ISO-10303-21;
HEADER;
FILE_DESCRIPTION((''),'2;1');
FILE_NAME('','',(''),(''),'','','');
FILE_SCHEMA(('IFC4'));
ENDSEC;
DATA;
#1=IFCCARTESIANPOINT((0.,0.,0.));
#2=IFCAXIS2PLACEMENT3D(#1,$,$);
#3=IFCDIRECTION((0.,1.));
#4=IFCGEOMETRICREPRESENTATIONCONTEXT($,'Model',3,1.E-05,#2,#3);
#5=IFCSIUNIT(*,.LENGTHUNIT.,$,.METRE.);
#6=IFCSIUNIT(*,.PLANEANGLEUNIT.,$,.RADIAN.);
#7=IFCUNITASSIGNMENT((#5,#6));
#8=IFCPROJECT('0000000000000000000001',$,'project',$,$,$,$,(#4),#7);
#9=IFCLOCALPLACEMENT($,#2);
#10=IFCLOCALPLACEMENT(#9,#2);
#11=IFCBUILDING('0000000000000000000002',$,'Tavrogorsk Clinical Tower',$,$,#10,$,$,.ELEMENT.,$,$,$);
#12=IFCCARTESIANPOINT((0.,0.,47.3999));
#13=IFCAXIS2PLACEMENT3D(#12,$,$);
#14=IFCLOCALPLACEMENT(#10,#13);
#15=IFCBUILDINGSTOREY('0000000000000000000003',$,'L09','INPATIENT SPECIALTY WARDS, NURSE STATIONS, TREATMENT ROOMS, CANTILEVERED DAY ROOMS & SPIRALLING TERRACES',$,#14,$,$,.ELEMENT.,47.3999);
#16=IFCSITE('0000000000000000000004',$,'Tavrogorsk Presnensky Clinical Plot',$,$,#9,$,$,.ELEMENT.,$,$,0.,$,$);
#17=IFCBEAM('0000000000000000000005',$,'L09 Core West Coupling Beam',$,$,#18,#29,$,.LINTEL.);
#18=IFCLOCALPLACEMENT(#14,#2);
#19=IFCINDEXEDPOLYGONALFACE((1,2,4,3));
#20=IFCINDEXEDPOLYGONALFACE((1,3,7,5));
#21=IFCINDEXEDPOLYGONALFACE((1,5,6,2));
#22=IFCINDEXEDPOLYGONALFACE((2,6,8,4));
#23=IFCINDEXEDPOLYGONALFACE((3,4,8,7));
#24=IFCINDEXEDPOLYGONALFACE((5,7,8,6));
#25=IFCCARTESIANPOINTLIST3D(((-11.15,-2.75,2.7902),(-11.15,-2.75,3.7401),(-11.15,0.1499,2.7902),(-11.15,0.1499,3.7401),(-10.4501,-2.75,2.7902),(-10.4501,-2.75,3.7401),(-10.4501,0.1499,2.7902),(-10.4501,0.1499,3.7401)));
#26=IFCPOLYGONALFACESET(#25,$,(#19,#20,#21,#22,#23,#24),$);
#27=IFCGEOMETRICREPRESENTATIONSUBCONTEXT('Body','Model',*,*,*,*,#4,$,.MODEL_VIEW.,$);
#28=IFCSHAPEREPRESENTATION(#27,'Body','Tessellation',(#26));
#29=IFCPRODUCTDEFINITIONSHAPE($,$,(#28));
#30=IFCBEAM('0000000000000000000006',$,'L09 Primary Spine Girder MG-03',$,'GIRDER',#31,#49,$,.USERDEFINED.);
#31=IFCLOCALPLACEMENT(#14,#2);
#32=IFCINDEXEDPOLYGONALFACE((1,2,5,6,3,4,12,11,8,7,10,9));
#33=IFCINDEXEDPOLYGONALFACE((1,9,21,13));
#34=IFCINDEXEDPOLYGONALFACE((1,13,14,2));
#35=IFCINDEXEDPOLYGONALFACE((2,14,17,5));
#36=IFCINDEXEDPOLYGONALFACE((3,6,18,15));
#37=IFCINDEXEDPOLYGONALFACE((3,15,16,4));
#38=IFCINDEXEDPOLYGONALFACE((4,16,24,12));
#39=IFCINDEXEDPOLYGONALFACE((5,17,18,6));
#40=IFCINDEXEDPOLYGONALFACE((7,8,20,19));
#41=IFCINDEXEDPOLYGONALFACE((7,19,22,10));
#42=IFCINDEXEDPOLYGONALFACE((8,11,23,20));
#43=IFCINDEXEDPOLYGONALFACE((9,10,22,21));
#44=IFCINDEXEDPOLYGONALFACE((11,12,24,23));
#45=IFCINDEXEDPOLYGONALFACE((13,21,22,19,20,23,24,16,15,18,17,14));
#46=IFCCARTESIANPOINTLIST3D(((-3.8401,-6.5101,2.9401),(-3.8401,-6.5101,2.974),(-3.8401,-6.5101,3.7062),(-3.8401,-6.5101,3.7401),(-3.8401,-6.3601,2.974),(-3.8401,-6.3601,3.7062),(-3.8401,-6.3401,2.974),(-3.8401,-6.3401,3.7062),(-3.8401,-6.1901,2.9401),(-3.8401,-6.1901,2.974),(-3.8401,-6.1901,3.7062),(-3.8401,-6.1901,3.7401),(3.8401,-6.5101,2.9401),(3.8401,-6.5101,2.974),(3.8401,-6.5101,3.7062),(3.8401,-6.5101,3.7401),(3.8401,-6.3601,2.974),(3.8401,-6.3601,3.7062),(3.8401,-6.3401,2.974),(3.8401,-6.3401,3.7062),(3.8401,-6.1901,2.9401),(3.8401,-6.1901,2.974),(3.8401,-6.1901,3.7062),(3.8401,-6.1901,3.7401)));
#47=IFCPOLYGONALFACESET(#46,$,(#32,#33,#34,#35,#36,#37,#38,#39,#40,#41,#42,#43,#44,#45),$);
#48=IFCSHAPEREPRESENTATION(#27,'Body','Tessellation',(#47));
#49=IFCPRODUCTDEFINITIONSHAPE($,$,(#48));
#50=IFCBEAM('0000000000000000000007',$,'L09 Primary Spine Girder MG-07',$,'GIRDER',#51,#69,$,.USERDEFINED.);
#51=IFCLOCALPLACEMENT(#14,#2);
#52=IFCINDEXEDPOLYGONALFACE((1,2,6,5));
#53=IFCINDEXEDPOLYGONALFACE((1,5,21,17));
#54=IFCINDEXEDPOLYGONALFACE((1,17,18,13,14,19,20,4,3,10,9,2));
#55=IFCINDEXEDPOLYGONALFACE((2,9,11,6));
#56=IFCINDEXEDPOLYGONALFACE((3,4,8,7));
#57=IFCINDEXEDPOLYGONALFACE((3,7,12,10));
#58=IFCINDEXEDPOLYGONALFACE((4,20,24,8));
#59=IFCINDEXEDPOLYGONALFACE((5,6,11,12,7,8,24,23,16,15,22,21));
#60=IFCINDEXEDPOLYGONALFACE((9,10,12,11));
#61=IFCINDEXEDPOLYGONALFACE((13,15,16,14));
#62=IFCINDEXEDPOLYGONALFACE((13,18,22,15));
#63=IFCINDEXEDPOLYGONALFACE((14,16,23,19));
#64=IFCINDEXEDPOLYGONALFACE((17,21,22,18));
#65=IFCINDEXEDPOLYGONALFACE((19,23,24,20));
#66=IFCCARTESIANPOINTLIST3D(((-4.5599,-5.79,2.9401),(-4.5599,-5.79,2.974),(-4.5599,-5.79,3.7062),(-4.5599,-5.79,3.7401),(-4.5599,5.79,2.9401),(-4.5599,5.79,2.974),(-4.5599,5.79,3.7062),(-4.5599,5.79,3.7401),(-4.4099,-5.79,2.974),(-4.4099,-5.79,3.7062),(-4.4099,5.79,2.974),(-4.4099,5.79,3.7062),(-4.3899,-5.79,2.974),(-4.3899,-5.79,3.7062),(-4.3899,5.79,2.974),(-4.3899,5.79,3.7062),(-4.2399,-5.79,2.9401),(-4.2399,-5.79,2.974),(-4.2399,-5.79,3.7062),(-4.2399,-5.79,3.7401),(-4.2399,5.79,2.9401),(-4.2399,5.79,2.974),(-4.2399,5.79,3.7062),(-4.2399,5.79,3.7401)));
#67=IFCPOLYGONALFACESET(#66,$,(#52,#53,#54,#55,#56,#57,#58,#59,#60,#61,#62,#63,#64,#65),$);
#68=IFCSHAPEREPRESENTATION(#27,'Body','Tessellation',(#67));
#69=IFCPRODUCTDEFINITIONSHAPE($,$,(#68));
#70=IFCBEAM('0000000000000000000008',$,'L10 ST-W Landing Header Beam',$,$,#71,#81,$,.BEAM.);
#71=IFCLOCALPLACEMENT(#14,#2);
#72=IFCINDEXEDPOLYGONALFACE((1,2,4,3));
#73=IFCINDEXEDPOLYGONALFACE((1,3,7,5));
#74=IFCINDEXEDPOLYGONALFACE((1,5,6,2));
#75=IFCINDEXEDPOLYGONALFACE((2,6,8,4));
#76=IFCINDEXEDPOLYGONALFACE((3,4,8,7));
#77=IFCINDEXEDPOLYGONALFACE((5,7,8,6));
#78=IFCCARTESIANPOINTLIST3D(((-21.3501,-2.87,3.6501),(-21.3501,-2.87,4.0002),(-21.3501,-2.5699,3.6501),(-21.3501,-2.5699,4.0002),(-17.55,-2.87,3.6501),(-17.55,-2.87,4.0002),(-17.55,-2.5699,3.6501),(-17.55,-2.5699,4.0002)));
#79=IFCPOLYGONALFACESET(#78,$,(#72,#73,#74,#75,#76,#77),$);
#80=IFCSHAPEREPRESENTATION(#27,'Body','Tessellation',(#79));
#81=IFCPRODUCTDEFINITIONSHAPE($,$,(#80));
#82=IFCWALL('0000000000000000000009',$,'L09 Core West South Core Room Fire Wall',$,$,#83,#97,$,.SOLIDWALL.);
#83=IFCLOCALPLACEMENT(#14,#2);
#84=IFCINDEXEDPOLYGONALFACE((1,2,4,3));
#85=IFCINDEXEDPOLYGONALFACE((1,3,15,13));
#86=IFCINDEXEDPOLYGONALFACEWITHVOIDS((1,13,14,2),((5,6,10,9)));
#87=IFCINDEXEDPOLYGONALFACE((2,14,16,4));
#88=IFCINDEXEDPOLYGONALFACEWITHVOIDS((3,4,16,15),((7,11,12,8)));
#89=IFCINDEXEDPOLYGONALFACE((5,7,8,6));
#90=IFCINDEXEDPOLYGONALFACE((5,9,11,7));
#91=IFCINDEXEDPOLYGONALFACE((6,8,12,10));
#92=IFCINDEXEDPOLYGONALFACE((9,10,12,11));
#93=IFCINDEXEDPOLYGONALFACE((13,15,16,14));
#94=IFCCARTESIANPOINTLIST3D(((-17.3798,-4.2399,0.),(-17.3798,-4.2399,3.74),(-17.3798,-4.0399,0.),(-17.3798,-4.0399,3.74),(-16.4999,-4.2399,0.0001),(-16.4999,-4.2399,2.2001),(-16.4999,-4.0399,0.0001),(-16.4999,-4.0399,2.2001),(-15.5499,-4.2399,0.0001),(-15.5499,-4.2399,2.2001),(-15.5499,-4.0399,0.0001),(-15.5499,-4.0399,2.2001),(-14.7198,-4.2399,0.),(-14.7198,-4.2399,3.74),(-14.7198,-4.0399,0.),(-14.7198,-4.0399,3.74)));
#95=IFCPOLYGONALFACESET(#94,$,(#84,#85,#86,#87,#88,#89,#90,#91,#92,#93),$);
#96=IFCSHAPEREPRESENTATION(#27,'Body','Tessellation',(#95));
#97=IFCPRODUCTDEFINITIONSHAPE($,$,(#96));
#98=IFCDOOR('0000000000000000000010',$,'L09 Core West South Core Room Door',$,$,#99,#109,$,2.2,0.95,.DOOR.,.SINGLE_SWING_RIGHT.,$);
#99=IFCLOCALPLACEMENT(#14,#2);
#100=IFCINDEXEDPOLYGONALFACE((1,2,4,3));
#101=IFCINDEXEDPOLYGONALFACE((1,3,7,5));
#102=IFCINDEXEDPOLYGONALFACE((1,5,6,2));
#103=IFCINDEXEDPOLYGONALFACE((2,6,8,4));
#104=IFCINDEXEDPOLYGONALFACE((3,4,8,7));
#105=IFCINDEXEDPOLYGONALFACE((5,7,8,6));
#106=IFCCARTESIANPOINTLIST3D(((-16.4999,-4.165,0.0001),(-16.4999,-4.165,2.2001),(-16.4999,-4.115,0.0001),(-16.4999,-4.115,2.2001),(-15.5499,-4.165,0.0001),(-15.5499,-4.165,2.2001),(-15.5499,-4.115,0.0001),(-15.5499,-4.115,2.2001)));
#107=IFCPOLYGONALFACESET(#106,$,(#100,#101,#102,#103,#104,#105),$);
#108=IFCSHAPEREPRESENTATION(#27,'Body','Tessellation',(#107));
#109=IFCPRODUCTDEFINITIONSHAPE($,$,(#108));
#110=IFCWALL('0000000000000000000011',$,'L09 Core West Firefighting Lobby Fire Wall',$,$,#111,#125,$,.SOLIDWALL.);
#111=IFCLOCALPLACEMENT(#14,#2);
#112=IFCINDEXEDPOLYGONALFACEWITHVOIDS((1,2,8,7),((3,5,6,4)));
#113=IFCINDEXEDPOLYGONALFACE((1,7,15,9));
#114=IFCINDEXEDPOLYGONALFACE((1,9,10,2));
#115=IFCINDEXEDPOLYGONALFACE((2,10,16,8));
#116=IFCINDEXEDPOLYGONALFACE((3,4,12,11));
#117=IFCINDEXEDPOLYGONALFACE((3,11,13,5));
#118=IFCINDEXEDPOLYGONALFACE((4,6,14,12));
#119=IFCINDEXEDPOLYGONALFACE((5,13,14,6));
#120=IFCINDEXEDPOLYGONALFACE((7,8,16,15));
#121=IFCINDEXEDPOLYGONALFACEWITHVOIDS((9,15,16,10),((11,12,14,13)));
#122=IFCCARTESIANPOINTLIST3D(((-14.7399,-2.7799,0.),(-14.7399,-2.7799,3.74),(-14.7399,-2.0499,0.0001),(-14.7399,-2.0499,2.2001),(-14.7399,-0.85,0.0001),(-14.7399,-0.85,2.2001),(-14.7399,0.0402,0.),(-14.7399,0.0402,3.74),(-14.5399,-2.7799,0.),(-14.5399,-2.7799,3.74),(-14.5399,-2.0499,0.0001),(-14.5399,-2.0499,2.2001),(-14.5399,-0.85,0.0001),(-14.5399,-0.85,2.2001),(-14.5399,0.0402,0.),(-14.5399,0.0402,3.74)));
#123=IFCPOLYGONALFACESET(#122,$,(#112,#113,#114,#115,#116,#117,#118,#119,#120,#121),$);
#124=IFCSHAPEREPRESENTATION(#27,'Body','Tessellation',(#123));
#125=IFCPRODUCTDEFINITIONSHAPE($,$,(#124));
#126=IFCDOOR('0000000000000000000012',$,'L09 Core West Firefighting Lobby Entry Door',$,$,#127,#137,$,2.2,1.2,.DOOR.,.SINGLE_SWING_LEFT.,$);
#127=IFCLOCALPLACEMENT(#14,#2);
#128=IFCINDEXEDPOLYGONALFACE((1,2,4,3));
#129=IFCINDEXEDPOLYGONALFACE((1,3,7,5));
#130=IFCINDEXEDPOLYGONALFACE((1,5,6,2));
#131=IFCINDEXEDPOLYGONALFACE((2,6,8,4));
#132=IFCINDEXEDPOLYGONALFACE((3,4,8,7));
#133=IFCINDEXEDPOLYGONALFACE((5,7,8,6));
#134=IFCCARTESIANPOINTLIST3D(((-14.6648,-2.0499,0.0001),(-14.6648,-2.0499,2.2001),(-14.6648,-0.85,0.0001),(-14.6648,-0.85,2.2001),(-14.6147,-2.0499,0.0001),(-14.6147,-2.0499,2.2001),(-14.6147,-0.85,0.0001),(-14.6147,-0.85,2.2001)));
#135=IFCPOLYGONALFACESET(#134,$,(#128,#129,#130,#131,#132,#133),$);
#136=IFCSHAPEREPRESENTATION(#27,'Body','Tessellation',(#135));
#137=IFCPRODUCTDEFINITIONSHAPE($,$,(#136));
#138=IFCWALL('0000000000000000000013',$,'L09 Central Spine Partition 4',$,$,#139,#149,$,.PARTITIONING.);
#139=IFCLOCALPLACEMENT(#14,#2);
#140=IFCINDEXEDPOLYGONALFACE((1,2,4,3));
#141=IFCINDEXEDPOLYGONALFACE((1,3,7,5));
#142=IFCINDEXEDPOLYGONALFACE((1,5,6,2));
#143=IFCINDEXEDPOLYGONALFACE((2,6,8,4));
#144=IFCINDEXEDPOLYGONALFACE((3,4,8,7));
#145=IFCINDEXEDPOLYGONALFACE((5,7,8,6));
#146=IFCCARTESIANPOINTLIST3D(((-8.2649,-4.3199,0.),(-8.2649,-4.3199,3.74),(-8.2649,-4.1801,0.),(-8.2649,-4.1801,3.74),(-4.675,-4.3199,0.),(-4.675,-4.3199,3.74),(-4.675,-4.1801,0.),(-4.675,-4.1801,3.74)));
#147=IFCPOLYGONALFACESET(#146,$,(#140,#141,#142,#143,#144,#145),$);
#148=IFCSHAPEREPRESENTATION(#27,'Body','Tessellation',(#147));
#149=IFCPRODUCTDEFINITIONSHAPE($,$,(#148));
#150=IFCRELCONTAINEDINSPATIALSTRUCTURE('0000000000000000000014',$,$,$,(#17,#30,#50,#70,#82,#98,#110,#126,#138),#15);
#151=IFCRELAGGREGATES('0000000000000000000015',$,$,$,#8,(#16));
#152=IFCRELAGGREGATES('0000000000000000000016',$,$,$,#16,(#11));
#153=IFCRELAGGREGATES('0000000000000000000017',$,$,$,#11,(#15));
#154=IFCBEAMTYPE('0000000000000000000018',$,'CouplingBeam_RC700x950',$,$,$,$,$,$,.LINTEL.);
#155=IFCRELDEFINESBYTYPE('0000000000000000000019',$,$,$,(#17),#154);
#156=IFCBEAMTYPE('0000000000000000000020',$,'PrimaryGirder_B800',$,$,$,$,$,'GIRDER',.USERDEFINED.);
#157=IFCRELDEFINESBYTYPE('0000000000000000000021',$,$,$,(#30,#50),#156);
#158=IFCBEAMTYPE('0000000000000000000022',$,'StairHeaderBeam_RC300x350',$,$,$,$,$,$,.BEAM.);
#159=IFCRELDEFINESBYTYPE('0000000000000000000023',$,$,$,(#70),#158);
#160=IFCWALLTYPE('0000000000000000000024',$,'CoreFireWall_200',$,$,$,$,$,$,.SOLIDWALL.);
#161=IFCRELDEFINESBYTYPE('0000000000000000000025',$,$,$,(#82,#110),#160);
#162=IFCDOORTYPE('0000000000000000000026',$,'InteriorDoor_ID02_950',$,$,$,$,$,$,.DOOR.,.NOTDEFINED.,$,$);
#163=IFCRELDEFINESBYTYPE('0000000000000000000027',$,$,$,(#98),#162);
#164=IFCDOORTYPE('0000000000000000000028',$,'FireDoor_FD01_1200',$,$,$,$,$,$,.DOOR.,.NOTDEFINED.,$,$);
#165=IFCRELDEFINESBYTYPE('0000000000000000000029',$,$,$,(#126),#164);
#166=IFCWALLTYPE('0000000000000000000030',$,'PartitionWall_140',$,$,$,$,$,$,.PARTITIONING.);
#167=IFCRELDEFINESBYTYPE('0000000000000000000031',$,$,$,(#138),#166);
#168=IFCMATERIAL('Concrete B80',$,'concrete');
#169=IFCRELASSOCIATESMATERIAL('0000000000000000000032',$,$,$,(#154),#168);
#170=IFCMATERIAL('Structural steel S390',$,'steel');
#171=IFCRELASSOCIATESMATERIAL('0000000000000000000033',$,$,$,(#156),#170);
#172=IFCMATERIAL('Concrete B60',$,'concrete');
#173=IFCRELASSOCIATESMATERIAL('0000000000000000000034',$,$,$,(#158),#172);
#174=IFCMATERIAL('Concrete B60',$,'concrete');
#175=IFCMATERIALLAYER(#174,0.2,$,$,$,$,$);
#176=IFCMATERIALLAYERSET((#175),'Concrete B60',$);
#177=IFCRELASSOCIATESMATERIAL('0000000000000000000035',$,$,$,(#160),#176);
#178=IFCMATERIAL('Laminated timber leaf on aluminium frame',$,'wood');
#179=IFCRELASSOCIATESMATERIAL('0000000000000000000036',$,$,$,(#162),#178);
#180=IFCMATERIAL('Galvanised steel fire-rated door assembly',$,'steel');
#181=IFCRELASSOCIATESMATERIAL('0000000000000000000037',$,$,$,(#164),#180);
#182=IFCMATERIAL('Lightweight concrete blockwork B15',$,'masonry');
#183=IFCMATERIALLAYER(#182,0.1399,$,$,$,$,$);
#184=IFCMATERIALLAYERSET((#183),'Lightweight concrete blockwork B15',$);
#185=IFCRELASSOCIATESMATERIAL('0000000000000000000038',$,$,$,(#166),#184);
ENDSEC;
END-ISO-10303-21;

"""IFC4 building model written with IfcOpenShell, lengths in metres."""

from ifc_helpers import new_model, si_unit, direction, frame, frame_2d, origin, origin_2d, place, context, subcontext, project, spatial, rectangle, i_section, extrude, material, layer, layer_set, material_profile, profile_set, type_object, element, fill, save


model = new_model("IFC4")

# Units and contexts
model_context = context("Model", 3, precision=1e-05, world=origin(), true_north=direction((0.0, 1.0)))
body_context = subcontext(model_context, "Body", "Model", "MODEL_VIEW")
ifc_project = project(units=[si_unit("LENGTHUNIT", "METRE"), si_unit("PLANEANGLEUNIT", "RADIAN")], contexts=[model_context])

# Site, building, storey
site_placement = place(None, origin())
site = spatial("IfcSite", under=ifc_project, at=site_placement, Name="Tavrogorsk Presnensky Clinical Plot", CompositionType="ELEMENT", RefElevation=0.0)
building_placement = place(site_placement, origin())
building = spatial("IfcBuilding", under=site, at=building_placement, Name="Tavrogorsk Clinical Tower", CompositionType="ELEMENT")
storey_placement = place(building_placement, frame((0.0, 0.0, 47.3999)))
storey = spatial("IfcBuildingStorey", under=building, at=storey_placement, Name="L09", Description="INPATIENT SPECIALTY WARDS, NURSE STATIONS, TREATMENT ROOMS, CANTILEVERED DAY ROOMS & SPIRALLING TERRACES", CompositionType="ELEMENT", Elevation=47.3999)

# Beams
ifc_material_1 = material(Name="Concrete B80", Category="concrete")
ifc_material_profile_1 = material_profile(ifc_material_1, rectangle(XDim=0.7, YDim=0.95, at=origin_2d()), Name="RC-CB-700x950")
ifc_profile_set_1 = profile_set([ifc_material_profile_1], Name="Concrete B80")
beam_type_1 = type_object("IfcBeamType", Name="CouplingBeam_RC700x950", PredefinedType="LINTEL", material=ifc_profile_set_1)
beam_1_placement = place(storey_placement, frame((-10.8, -2.75, 3.2651), z_axis=(0.0, 1.0, 0.0), x_axis=(-1.0, 0.0, 0.0)))
element("IfcBeam", 1, at=beam_1_placement, inside=storey, type_object=beam_type_1, Name="L09 Core West Coupling Beam", PredefinedType="LINTEL", context=body_context, shape_type="SweptSolid", body=[
    extrude(rectangle(XDim=0.7, YDim=0.95, at=origin_2d()), origin(), (0.0, 0.0, 1.0), 2.8999),
])
ifc_material_2 = material(Name="Structural steel S390", Category="steel")
ifc_material_profile_2 = material_profile(ifc_material_2, i_section(OverallWidth=0.3201, OverallDepth=0.8, WebThickness=0.02, FlangeThickness=0.0339, at=origin_2d()), Name="B-800x320x20x34")
ifc_profile_set_2 = profile_set([ifc_material_profile_2], Name="Structural steel S390")
beam_type_2 = type_object("IfcBeamType", Name="PrimaryGirder_B800", ElementType="GIRDER", PredefinedType="USERDEFINED", material=ifc_profile_set_2)
beam_2_placement = place(storey_placement, frame((-3.8401, -6.3501, 3.3401), z_axis=(1.0, 0.0, 0.0), x_axis=(0.0, 1.0, 0.0)))
element("IfcBeam", 2, at=beam_2_placement, inside=storey, type_object=beam_type_2, Name="L09 Primary Spine Girder MG-03", ObjectType="GIRDER", PredefinedType="USERDEFINED", context=body_context, shape_type="SweptSolid", body=[
    extrude(i_section(OverallWidth=0.3201, OverallDepth=0.8, WebThickness=0.02, FlangeThickness=0.0339, at=origin_2d()), origin(), (0.0, 0.0, 1.0), 7.6802),
])
beam_3_placement = place(storey_placement, frame((-4.3999, -5.79, 3.3401), z_axis=(0.0, 1.0, 0.0), x_axis=(-1.0, 0.0, 0.0)))
element("IfcBeam", 3, at=beam_3_placement, inside=storey, type_object=beam_type_2, Name="L09 Primary Spine Girder MG-07", ObjectType="GIRDER", PredefinedType="USERDEFINED", context=body_context, shape_type="SweptSolid", body=[
    extrude(i_section(OverallWidth=0.3201, OverallDepth=0.8, WebThickness=0.02, FlangeThickness=0.0339, at=origin_2d()), origin(), (0.0, 0.0, 1.0), 11.5801),
])
ifc_material_3 = material(Name="Concrete B60", Category="concrete")
ifc_material_profile_3 = material_profile(ifc_material_3, rectangle(XDim=0.3, YDim=0.3501, at=origin_2d()), Name="RC-SHB-300x350")
ifc_profile_set_3 = profile_set([ifc_material_profile_3], Name="Concrete B60")
beam_type_3 = type_object("IfcBeamType", Name="StairHeaderBeam_RC300x350", PredefinedType="BEAM", material=ifc_profile_set_3)
beam_4_placement = place(storey_placement, frame((-21.3501, -2.72, 3.8252), z_axis=(1.0, 0.0, 0.0), x_axis=(0.0, 1.0, 0.0)))
element("IfcBeam", 4, at=beam_4_placement, inside=storey, type_object=beam_type_3, Name="L10 ST-W Landing Header Beam", PredefinedType="BEAM", context=body_context, shape_type="SweptSolid", body=[
    extrude(rectangle(XDim=0.3, YDim=0.3501, at=origin_2d()), origin(), (0.0, 0.0, 1.0), 3.8),
])

# Walls, openings, doors
ifc_material_4 = material(Name="Concrete B60", Category="concrete")
ifc_layer_1 = layer(ifc_material_4, 0.2)
ifc_layer_set_1 = layer_set([ifc_layer_1], Name="Concrete B60")
wall_type_1 = type_object("IfcWallType", Name="CoreFireWall_200", PredefinedType="SOLIDWALL", material=ifc_layer_set_1)
wall_1_placement = place(storey_placement, frame((-17.3799, -4.1399, 0.0), z_axis=(0.0, 0.0, 1.0), x_axis=(1.0, 0.0, 0.0)))
wall_1 = element("IfcWall", 5, at=wall_1_placement, inside=storey, type_object=wall_type_1, Name="L09 Core West South Core Room Fire Wall", PredefinedType="SOLIDWALL", context=body_context, shape_type="SweptSolid", body=[
    extrude(rectangle(XDim=2.6599, YDim=0.2, at=frame_2d((1.3301, 0.0))), origin(), (0.0, 0.0, 1.0), 3.74),
])
opening_1_placement = place(wall_1_placement, frame((0.8799, 0.0, 0.0)))
opening_1 = element("IfcOpeningElement", 6, at=opening_1_placement, cuts=wall_1, PredefinedType="OPENING", context=body_context, shape_type="SweptSolid", body=[
    extrude(rectangle(XDim=0.95, YDim=2.2, at=frame_2d((0.4751, 1.1001))), frame((0.0, 0.1099, 0.0), z_axis=(0.0, -1.0, 0.0), x_axis=(1.0, 0.0, 0.0)), (0.0, 0.0, 1.0), 0.22),
])
ifc_material_5 = material(Name="Laminated timber leaf on aluminium frame", Category="wood")
door_type_1 = type_object("IfcDoorType", Name="InteriorDoor_ID02_950", OperationType="NOTDEFINED", PredefinedType="DOOR", material=ifc_material_5)
door_1_placement = place(opening_1_placement, origin())
door_1 = element("IfcDoor", 7, at=door_1_placement, inside=storey, type_object=door_type_1, Name="L09 Core West South Core Room Door", OperationType="SINGLE_SWING_RIGHT", OverallHeight=2.2, OverallWidth=0.95, PredefinedType="DOOR", context=body_context, shape_type="SweptSolid", body=[
    extrude(rectangle(XDim=0.95, YDim=2.2, at=frame_2d((0.4751, 1.1001))), frame((0.0, 0.0249, 0.0), z_axis=(0.0, -1.0, 0.0), x_axis=(1.0, 0.0, 0.0)), (0.0, 0.0, 1.0), 0.05),
])
fill(opening_1, door_1)
wall_2_placement = place(storey_placement, frame((-14.6399, -2.78, 0.0), z_axis=(0.0, 0.0, 1.0), x_axis=(0.0, 1.0, 0.0)))
wall_2 = element("IfcWall", 8, at=wall_2_placement, inside=storey, type_object=wall_type_1, Name="L09 Core West Firefighting Lobby Fire Wall", PredefinedType="SOLIDWALL", context=body_context, shape_type="SweptSolid", body=[
    extrude(rectangle(XDim=2.8201, YDim=0.2, at=frame_2d((1.4102, 0.0))), origin(), (0.0, 0.0, 1.0), 3.74),
])
opening_2_placement = place(wall_2_placement, frame((0.73, 0.0, 0.0)))
opening_2 = element("IfcOpeningElement", 9, at=opening_2_placement, cuts=wall_2, PredefinedType="OPENING", context=body_context, shape_type="SweptSolid", body=[
    extrude(rectangle(XDim=1.2, YDim=2.2, at=frame_2d((0.6001, 1.1001))), frame((0.0, 0.1099, 0.0), z_axis=(0.0, -1.0, 0.0), x_axis=(1.0, 0.0, 0.0)), (0.0, 0.0, 1.0), 0.22),
])
ifc_material_6 = material(Name="Galvanised steel fire-rated door assembly", Category="steel")
door_type_2 = type_object("IfcDoorType", Name="FireDoor_FD01_1200", OperationType="NOTDEFINED", PredefinedType="DOOR", material=ifc_material_6)
door_2_placement = place(opening_2_placement, origin())
door_2 = element("IfcDoor", 10, at=door_2_placement, inside=storey, type_object=door_type_2, Name="L09 Core West Firefighting Lobby Entry Door", OperationType="SINGLE_SWING_LEFT", OverallHeight=2.2, OverallWidth=1.2, PredefinedType="DOOR", context=body_context, shape_type="SweptSolid", body=[
    extrude(rectangle(XDim=1.2, YDim=2.2, at=frame_2d((0.6001, 1.1001))), frame((0.0, 0.0249, 0.0), z_axis=(0.0, -1.0, 0.0), x_axis=(1.0, 0.0, 0.0)), (0.0, 0.0, 1.0), 0.05),
])
fill(opening_2, door_2)

# Wall
ifc_material_7 = material(Name="Lightweight concrete blockwork B15", Category="masonry")
ifc_layer_2 = layer(ifc_material_7, 0.1399)
ifc_layer_set_2 = layer_set([ifc_layer_2], Name="Lightweight concrete blockwork B15")
wall_type_2 = type_object("IfcWallType", Name="PartitionWall_140", PredefinedType="PARTITIONING", material=ifc_layer_set_2)
wall_3_placement = place(storey_placement, frame((-8.2649, -4.25, 0.0), z_axis=(0.0, 0.0, 1.0), x_axis=(1.0, 0.0, 0.0)))
element("IfcWall", 11, at=wall_3_placement, inside=storey, type_object=wall_type_2, Name="L09 Central Spine Partition 4", PredefinedType="PARTITIONING", context=body_context, shape_type="SweptSolid", body=[
    extrude(rectangle(XDim=3.5898, YDim=0.1399, at=frame_2d((1.7949, 0.0))), origin(), (0.0, 0.0, 1.0), 3.74),
])

save(model, "model.ifc")
